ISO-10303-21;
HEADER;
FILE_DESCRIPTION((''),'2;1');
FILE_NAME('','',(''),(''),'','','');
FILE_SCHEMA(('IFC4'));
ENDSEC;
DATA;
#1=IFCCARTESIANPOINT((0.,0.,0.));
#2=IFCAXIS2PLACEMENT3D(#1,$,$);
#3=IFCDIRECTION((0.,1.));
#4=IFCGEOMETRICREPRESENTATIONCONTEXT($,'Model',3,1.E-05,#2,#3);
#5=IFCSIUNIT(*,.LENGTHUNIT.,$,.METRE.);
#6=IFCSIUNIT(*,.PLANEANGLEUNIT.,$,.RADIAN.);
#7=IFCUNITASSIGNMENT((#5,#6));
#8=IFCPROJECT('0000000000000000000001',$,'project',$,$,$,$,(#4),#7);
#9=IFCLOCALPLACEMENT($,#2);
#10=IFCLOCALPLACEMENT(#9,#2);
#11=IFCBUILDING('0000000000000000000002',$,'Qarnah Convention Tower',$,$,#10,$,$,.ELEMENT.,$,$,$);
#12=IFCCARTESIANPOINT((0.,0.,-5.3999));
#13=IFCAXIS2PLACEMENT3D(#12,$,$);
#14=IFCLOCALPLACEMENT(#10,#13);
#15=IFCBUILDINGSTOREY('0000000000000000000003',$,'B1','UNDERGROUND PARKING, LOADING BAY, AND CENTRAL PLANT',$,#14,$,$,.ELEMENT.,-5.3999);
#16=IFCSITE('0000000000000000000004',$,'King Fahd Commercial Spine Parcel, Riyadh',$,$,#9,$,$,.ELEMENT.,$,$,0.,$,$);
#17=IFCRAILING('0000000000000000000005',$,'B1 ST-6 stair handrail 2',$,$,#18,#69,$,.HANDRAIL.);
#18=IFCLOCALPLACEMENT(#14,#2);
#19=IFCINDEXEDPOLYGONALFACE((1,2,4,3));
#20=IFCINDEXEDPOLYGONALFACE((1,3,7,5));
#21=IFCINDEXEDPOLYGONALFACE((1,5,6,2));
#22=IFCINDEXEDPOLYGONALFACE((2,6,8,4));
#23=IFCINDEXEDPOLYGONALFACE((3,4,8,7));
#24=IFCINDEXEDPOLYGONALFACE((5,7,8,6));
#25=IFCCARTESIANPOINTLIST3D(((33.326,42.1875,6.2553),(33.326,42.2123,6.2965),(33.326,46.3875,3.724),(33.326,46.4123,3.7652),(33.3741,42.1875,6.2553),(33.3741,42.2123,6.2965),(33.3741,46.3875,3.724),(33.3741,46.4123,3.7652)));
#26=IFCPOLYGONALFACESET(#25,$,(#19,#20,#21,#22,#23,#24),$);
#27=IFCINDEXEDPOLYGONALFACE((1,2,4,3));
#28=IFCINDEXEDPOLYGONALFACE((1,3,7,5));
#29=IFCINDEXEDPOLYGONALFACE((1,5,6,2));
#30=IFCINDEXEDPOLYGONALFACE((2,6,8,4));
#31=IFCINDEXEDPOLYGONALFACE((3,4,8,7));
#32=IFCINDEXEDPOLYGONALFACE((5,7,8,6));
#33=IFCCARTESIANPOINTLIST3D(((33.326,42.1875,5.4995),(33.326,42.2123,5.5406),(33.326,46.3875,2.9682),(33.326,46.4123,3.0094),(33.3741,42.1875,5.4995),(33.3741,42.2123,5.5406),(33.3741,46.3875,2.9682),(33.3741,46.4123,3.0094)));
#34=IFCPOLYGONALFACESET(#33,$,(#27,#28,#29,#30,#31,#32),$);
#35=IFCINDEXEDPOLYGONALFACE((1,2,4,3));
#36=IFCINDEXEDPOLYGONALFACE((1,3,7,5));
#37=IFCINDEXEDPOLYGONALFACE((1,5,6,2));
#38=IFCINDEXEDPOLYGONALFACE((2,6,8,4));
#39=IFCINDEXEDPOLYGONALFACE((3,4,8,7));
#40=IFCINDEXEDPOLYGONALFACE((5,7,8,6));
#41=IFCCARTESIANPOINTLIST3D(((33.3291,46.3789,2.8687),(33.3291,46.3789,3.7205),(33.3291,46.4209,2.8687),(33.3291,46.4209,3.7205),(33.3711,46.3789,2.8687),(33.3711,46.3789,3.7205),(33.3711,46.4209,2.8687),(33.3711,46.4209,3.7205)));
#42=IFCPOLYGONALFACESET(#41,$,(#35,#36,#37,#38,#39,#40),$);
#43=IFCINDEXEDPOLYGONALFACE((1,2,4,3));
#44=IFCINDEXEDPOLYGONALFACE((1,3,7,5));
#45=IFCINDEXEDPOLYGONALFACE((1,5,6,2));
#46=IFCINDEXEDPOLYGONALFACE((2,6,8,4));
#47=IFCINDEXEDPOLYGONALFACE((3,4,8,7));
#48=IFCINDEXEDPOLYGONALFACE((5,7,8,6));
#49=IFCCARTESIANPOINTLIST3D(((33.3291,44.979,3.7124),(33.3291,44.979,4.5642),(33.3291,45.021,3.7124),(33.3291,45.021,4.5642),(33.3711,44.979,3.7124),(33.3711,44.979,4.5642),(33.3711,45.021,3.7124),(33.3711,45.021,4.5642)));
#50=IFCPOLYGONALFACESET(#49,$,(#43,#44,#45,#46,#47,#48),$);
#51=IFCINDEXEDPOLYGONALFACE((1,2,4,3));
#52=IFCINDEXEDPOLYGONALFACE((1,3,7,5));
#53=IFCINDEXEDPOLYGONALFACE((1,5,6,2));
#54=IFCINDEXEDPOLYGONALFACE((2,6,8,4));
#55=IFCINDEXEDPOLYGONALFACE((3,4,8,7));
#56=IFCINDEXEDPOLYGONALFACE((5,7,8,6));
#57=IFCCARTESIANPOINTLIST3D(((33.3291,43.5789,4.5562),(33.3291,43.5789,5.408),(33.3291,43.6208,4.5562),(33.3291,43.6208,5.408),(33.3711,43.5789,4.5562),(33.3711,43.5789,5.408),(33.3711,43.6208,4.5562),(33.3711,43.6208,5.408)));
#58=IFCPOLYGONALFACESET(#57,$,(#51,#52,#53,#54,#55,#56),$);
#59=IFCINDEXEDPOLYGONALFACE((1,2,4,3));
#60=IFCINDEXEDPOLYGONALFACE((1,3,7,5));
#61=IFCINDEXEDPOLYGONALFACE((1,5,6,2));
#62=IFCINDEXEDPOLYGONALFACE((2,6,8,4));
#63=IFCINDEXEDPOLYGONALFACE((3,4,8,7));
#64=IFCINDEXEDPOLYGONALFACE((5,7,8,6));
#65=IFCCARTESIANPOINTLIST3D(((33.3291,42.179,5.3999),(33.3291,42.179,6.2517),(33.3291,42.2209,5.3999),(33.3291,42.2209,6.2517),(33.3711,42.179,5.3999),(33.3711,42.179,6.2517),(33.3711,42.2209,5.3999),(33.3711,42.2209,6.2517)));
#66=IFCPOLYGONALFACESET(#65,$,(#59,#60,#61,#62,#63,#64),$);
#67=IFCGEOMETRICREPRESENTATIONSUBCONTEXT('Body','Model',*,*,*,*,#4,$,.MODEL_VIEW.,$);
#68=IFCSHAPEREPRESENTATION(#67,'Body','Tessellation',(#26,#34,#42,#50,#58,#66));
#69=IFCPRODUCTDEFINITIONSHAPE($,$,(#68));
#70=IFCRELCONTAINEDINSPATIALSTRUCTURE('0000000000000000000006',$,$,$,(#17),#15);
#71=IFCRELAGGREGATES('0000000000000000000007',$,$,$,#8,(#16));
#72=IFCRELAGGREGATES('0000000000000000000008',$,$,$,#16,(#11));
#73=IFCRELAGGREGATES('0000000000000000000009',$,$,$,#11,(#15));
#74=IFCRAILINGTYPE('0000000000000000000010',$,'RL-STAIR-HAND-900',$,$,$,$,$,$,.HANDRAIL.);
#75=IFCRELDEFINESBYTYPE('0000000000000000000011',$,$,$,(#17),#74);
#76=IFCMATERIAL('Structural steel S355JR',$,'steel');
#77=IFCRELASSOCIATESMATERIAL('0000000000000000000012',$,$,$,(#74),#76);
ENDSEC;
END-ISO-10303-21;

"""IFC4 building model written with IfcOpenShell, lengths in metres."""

from ifc_helpers import new_model, si_unit, direction, frame, origin, origin_2d, place, context, subcontext, project, spatial, rectangle, extrude, material, type_object, element, save


model = new_model("IFC4")

# Units and contexts
model_context = context("Model", 3, precision=1e-05, world=origin(), true_north=direction((0.0, 1.0)))
body_context = subcontext(model_context, "Body", "Model", "MODEL_VIEW")
ifc_project = project(units=[si_unit("LENGTHUNIT", "METRE"), si_unit("PLANEANGLEUNIT", "RADIAN")], contexts=[model_context])

# Site, building, storey
site_placement = place(None, origin())
site = spatial("IfcSite", under=ifc_project, at=site_placement, Name="King Fahd Commercial Spine Parcel, Riyadh", CompositionType="ELEMENT", RefElevation=0.0)
building_placement = place(site_placement, origin())
building = spatial("IfcBuilding", under=site, at=building_placement, Name="Qarnah Convention Tower", CompositionType="ELEMENT")
storey_placement = place(building_placement, frame((0.0, 0.0, -5.3999)))
storey = spatial("IfcBuildingStorey", under=building, at=storey_placement, Name="B1", Description="UNDERGROUND PARKING, LOADING BAY, AND CENTRAL PLANT", CompositionType="ELEMENT", Elevation=-5.3999)

# Shared definitions
ifc_material_1 = material(Name="Structural steel S355JR", Category="steel")

# Railing
railing_type_1 = type_object("IfcRailingType", Name="RL-STAIR-HAND-900", PredefinedType="HANDRAIL", material=ifc_material_1)
railing_1_placement = place(storey_placement, frame((33.3501, 46.3999, 2.8687)))
element("IfcRailing", 1, at=railing_1_placement, inside=storey, type_object=railing_type_1, Name="B1 ST-6 stair handrail 2", PredefinedType="HANDRAIL", context=body_context, shape_type="SweptSolid", body=[
    extrude(rectangle(XDim=0.0481, YDim=0.0481, at=origin_2d()), frame((0.0, 0.0, 0.876), z_axis=(0.0, -0.856476, 0.516186), x_axis=(1.0, 0.0, 0.0)), (0.0, 0.0, 1.0), 4.9038),
    extrude(rectangle(XDim=0.0481, YDim=0.0481, at=origin_2d()), frame((0.0, 0.0, 0.1201), z_axis=(0.0, -0.856476, 0.516186), x_axis=(1.0, 0.0, 0.0)), (0.0, 0.0, 1.0), 4.9038),
    extrude(rectangle(XDim=0.042, YDim=0.042, at=origin_2d()), origin(), (0.0, 0.0, 1.0), 0.8518),
    extrude(rectangle(XDim=0.042, YDim=0.042, at=origin_2d()), frame((0.0, -1.3999, 0.8438)), (0.0, 0.0, 1.0), 0.8518),
    extrude(rectangle(XDim=0.042, YDim=0.042, at=origin_2d()), frame((0.0, -2.8, 1.6875)), (0.0, 0.0, 1.0), 0.8518),
    extrude(rectangle(XDim=0.042, YDim=0.042, at=origin_2d()), frame((0.0, -4.2, 2.5312)), (0.0, 0.0, 1.0), 0.8518),
])

save(model, "model.ifc")
